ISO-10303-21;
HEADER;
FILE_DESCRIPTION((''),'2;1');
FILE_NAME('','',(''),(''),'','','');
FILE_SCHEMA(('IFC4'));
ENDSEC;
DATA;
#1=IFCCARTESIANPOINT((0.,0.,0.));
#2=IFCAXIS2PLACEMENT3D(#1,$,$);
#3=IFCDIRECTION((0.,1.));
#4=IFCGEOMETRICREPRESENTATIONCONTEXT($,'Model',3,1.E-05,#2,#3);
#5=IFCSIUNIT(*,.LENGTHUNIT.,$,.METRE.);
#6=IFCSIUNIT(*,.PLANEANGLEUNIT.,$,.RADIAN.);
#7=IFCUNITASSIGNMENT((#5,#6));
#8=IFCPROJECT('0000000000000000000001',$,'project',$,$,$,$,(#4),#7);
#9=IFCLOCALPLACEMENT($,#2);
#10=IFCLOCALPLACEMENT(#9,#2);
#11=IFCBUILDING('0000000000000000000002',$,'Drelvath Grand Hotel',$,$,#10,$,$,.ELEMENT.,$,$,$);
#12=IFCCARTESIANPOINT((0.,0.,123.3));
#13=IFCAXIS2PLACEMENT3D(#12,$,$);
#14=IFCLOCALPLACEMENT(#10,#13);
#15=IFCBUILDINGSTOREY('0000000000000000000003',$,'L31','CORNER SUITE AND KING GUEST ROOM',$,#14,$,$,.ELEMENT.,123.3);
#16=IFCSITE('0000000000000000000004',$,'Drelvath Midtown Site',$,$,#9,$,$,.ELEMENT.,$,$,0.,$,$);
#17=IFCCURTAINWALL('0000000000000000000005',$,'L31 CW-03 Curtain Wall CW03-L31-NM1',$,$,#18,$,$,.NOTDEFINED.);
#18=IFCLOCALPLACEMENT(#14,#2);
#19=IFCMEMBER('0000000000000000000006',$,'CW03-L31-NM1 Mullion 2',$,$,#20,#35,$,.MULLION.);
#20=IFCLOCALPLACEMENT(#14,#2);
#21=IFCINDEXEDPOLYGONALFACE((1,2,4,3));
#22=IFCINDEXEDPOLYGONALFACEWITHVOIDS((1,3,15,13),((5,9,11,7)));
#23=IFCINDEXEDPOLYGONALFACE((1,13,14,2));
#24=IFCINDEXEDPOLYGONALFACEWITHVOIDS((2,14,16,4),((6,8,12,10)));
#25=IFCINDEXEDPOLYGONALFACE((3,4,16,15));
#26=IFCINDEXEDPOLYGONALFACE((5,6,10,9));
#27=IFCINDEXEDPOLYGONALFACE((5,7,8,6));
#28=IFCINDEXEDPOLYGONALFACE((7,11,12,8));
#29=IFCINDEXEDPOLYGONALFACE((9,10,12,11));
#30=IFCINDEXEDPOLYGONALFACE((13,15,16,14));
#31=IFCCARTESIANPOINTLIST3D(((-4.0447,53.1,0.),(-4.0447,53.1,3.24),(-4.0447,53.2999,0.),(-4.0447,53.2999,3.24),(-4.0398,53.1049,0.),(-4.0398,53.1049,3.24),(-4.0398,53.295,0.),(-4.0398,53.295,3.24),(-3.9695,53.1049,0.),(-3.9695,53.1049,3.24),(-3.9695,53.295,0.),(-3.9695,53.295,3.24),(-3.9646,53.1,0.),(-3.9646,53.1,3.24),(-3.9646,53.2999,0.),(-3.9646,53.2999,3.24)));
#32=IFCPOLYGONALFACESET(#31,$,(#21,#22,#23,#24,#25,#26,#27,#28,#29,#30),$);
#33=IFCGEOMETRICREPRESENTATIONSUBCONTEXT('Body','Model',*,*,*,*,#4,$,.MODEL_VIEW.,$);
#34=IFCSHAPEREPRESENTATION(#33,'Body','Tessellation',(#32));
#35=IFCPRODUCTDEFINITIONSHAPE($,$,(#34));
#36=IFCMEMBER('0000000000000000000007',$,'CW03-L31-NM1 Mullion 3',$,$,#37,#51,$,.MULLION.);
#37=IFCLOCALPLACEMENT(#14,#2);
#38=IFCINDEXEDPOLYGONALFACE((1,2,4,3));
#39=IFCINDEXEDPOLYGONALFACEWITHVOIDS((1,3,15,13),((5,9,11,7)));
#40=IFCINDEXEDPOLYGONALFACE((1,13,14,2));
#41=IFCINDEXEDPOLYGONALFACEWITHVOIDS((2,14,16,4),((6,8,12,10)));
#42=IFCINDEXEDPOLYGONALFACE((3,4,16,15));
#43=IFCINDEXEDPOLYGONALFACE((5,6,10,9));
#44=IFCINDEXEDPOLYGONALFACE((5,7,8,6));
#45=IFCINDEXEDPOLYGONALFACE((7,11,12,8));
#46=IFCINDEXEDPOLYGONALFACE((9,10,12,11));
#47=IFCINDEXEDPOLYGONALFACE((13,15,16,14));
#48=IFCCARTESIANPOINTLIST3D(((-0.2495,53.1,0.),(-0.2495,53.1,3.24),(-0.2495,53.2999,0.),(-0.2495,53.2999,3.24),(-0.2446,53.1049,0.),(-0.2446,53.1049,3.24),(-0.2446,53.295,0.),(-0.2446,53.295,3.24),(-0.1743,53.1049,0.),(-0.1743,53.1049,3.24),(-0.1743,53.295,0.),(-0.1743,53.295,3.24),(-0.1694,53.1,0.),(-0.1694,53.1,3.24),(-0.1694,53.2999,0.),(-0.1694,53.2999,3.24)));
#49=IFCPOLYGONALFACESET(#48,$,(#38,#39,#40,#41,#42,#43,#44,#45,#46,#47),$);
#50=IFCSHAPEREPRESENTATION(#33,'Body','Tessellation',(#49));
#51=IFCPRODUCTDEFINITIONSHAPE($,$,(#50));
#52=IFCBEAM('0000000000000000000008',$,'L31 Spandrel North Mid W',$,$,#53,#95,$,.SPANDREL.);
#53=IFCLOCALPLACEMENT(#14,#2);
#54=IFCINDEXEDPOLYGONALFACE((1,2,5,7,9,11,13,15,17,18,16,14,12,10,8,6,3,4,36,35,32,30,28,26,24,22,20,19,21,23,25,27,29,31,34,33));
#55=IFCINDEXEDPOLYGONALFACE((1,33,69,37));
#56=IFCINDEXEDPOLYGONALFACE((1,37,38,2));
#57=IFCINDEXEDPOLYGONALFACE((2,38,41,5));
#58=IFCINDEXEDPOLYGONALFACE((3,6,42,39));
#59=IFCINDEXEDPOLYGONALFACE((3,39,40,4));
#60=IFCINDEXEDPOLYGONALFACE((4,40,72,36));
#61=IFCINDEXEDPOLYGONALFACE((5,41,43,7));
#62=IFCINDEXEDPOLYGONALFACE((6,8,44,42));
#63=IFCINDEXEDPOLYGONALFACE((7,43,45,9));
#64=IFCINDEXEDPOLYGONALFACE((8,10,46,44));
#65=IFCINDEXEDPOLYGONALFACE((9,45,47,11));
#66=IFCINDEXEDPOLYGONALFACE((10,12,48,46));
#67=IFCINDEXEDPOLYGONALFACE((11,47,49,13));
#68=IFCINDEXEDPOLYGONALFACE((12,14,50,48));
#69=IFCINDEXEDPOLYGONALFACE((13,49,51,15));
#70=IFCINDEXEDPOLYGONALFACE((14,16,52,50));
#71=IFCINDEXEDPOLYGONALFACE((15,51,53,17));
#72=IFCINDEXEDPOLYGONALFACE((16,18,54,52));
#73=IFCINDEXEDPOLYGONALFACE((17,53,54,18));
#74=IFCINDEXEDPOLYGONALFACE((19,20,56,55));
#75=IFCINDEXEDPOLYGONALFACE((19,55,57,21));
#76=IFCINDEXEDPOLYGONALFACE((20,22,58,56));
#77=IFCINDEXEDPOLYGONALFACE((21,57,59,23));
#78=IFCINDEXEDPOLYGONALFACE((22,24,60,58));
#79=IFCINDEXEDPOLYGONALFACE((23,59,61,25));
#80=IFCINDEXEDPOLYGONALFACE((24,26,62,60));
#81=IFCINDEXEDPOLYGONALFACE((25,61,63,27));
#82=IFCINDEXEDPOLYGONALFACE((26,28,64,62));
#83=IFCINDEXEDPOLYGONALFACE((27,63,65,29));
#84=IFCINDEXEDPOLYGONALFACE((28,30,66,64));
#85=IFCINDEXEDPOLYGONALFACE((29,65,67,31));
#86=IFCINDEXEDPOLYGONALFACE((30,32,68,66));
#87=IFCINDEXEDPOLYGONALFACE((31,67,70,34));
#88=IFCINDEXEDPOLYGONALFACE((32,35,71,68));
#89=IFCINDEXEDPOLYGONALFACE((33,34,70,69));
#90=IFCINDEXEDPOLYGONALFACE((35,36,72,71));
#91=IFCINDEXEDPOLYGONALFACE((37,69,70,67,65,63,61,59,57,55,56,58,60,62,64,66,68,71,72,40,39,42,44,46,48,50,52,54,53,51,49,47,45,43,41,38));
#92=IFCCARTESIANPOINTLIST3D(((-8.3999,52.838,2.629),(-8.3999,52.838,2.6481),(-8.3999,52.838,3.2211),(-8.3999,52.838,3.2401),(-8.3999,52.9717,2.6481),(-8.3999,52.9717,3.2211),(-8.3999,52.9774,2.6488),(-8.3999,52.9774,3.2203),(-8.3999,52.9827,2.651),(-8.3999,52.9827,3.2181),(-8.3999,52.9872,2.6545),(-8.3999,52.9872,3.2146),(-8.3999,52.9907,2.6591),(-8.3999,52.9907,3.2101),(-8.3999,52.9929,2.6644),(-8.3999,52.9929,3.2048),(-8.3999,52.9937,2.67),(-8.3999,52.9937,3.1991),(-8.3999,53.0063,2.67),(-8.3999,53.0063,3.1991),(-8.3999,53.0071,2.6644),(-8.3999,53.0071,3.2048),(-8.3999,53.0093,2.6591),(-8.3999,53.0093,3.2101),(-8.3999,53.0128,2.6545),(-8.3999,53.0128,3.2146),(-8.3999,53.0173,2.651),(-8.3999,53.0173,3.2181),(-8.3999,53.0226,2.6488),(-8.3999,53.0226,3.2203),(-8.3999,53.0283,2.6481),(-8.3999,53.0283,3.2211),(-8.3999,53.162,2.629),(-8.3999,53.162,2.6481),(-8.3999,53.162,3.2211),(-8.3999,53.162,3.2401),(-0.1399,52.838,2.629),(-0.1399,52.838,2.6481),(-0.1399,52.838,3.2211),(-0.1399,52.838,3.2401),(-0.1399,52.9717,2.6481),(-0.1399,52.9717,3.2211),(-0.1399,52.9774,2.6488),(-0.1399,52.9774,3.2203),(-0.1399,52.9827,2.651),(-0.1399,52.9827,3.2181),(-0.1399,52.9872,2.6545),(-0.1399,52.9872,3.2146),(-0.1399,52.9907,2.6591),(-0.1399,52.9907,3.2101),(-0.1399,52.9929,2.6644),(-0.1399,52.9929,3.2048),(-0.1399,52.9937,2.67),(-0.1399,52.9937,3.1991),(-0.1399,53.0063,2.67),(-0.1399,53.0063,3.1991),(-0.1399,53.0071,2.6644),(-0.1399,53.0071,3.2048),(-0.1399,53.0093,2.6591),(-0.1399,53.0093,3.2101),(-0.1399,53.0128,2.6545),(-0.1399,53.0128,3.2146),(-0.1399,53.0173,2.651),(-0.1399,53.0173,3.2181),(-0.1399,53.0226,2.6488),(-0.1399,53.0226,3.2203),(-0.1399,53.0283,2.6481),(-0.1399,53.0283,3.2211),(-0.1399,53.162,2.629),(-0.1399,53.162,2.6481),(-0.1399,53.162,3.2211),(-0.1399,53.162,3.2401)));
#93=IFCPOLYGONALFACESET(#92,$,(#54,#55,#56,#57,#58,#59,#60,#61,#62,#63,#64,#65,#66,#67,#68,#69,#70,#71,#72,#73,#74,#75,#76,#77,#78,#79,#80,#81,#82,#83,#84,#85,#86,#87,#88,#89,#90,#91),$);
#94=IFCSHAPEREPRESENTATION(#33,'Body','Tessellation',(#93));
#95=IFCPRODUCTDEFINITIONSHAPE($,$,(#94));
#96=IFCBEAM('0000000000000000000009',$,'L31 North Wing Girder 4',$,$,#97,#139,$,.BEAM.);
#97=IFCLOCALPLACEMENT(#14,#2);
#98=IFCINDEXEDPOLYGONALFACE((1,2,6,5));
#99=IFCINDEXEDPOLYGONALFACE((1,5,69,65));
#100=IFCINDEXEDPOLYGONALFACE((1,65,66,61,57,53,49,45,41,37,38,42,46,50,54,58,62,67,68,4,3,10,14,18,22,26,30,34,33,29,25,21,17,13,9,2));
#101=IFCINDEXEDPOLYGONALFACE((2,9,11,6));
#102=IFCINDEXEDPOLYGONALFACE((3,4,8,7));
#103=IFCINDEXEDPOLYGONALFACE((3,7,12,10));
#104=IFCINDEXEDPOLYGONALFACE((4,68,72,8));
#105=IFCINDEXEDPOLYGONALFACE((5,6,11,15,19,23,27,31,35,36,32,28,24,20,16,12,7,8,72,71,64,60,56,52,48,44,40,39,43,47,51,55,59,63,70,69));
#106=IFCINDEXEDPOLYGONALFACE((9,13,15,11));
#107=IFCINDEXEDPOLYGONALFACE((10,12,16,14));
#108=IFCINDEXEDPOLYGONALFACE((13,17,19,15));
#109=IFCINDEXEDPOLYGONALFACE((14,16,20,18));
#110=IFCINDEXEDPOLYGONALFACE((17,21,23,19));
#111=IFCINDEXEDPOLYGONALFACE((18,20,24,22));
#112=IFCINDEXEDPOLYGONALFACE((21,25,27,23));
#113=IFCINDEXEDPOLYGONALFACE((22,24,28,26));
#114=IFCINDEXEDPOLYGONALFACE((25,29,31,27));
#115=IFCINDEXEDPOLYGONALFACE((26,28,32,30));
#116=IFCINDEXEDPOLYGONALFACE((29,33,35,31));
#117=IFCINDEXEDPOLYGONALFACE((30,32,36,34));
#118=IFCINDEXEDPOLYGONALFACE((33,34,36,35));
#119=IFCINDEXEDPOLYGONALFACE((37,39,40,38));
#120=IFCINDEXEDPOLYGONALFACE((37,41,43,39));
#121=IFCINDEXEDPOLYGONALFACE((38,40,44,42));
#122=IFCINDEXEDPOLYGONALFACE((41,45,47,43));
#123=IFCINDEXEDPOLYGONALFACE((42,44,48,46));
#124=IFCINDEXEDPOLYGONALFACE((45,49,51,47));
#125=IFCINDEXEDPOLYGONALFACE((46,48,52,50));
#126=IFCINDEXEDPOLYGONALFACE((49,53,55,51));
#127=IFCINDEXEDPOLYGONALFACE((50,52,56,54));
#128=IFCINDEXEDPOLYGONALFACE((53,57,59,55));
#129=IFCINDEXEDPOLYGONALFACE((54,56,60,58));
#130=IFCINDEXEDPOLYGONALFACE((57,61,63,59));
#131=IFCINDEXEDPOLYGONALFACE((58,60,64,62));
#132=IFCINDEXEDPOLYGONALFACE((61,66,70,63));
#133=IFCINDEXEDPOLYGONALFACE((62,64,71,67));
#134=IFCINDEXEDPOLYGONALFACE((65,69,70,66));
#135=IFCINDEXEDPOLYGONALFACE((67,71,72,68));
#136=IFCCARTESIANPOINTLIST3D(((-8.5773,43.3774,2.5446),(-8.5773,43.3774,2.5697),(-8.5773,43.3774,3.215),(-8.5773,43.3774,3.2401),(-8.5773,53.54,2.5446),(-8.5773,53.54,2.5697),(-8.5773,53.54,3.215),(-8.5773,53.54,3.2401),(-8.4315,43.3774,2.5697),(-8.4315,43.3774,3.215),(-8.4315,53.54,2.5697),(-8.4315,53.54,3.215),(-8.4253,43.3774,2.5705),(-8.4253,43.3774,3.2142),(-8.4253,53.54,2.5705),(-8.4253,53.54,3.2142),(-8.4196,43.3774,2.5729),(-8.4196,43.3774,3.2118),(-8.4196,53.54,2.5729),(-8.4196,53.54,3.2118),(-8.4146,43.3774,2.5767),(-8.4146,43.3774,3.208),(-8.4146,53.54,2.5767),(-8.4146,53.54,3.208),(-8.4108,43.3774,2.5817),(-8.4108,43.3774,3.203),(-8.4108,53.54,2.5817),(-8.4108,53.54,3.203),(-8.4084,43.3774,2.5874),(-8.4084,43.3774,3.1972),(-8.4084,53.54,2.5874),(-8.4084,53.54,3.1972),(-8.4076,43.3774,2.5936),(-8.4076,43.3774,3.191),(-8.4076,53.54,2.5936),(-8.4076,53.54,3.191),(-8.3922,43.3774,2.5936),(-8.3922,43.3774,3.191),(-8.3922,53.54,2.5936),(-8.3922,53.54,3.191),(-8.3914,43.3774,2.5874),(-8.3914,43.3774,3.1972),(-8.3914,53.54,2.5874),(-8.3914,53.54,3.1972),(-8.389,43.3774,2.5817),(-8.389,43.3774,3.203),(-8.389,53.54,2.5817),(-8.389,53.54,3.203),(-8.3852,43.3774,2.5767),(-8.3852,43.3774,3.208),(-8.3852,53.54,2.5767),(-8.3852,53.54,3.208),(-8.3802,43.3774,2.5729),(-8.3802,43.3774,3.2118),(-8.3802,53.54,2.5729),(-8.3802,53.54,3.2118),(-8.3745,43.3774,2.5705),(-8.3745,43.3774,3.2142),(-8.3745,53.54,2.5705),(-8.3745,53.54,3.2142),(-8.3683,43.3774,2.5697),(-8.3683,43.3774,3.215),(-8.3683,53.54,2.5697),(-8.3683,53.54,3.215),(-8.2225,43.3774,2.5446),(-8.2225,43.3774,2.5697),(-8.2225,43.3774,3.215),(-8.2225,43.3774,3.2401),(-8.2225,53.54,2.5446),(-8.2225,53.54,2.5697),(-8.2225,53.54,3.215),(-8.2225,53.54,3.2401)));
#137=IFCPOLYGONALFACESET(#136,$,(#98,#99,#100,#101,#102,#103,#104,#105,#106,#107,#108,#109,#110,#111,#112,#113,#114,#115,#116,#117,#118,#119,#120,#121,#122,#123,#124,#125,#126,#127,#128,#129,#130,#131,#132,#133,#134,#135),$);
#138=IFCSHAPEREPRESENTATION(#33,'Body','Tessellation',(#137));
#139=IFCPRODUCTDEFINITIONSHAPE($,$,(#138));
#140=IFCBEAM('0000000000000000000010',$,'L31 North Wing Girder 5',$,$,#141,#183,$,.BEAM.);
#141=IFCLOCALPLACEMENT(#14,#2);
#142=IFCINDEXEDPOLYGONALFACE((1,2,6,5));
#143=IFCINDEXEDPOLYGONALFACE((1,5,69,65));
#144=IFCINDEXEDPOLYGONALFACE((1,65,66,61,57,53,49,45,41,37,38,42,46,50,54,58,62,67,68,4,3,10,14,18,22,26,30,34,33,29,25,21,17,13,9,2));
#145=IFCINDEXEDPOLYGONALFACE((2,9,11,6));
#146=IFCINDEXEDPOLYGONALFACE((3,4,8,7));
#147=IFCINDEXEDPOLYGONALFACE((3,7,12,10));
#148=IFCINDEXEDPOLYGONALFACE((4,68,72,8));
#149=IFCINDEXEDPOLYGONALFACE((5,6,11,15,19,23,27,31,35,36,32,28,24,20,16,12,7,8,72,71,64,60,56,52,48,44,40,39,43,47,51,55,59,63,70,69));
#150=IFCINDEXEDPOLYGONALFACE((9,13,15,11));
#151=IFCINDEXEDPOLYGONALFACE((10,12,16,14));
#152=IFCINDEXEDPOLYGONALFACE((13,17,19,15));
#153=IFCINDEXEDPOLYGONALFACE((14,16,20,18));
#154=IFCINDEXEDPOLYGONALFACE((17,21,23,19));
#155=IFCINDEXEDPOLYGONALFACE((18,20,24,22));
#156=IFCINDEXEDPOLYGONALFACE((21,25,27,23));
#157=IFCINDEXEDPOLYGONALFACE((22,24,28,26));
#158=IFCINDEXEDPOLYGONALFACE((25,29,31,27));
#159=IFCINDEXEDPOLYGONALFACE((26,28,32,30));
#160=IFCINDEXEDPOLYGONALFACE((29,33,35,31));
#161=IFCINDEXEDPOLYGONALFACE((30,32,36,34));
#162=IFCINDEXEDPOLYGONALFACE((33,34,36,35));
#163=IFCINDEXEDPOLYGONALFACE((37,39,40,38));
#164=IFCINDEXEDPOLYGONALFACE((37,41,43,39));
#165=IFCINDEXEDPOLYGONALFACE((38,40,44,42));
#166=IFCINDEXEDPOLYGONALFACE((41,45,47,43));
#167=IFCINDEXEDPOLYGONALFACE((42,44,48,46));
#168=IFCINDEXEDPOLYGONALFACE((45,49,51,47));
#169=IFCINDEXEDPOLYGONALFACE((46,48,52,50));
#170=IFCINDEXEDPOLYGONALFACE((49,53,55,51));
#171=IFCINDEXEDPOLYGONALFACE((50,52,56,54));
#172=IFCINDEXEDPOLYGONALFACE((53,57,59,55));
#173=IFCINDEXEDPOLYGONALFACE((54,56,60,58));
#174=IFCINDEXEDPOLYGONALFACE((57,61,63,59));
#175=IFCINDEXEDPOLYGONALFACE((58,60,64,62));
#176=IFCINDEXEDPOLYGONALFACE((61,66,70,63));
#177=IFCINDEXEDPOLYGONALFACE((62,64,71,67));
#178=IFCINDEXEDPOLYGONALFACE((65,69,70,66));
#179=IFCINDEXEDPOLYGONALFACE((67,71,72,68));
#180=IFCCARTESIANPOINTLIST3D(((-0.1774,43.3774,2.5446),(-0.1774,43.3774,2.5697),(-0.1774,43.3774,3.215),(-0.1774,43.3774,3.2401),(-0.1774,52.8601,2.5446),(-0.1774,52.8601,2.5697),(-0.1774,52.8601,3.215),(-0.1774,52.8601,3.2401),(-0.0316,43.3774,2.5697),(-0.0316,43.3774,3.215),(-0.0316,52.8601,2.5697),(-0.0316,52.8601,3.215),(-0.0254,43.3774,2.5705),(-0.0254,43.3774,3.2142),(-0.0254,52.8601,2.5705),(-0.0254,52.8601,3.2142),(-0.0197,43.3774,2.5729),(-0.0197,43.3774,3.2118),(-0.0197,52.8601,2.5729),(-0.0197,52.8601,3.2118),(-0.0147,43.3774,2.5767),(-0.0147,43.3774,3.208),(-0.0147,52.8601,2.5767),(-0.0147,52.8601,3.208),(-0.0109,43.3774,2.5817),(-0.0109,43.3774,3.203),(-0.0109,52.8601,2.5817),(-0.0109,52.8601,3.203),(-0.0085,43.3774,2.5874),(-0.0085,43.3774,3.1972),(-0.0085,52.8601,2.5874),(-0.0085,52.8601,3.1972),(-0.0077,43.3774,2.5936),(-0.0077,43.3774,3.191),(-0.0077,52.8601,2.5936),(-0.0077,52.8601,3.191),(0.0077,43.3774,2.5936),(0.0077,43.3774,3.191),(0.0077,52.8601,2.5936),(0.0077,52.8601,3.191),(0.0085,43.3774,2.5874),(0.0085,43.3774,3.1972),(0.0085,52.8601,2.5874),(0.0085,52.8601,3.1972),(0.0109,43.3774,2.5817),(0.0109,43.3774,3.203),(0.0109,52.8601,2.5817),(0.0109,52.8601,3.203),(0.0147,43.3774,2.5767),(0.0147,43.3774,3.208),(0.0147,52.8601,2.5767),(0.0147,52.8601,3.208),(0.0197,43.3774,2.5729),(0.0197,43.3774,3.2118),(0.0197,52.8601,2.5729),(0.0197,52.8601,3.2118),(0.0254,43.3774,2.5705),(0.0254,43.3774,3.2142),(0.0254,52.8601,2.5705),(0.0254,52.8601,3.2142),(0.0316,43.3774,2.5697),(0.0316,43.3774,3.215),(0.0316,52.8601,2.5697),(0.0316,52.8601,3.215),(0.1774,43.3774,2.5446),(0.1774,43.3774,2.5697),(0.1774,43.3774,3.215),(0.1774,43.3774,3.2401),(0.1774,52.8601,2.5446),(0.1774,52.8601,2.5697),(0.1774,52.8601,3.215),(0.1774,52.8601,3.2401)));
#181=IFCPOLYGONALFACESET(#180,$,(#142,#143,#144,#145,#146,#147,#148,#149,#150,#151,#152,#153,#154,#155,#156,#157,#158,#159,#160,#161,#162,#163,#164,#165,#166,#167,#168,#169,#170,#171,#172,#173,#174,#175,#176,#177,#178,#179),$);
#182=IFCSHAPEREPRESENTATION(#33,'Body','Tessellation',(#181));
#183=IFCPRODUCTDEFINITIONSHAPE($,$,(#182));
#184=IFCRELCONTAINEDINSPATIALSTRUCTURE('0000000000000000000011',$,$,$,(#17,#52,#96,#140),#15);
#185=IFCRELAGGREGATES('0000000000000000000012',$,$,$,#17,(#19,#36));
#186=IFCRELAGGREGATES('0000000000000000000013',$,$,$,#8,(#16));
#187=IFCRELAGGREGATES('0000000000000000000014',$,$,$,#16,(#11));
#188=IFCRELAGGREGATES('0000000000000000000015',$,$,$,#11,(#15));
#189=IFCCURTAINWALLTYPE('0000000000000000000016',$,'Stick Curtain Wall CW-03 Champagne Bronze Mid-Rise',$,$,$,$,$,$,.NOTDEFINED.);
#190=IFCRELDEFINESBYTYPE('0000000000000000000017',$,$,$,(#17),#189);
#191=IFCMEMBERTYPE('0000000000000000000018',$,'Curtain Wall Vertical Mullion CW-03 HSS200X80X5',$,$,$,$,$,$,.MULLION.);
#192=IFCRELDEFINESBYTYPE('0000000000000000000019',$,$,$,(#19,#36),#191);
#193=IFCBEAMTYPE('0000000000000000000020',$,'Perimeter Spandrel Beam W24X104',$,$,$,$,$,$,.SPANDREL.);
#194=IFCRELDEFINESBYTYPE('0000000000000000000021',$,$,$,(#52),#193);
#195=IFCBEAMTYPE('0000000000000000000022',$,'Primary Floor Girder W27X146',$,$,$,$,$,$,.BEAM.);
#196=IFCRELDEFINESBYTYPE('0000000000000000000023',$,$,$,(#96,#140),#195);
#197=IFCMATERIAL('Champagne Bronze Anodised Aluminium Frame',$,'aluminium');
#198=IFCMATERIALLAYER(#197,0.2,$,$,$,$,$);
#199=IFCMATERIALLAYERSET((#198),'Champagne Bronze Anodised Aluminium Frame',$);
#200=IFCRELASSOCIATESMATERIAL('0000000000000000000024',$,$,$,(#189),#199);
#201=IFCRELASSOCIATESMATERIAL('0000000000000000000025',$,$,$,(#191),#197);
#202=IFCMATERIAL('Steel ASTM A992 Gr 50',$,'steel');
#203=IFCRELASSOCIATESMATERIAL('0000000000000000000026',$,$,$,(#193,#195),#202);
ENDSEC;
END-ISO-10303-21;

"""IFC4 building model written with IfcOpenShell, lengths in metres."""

from ifc_helpers import new_model, si_unit, direction, frame, origin, origin_2d, place, context, subcontext, project, spatial, hollow_rectangle, i_section, extrude, material, layer, layer_set, material_profile, profile_set, type_object, element, aggregate, save


model = new_model("IFC4")

# Units and contexts
model_context = context("Model", 3, precision=1e-05, world=origin(), true_north=direction((0.0, 1.0)))
body_context = subcontext(model_context, "Body", "Model", "MODEL_VIEW")
ifc_project = project(units=[si_unit("LENGTHUNIT", "METRE"), si_unit("PLANEANGLEUNIT", "RADIAN")], contexts=[model_context])

# Site, building, storey
site_placement = place(None, origin())
site = spatial("IfcSite", under=ifc_project, at=site_placement, Name="Drelvath Midtown Site", CompositionType="ELEMENT", RefElevation=0.0)
building_placement = place(site_placement, origin())
building = spatial("IfcBuilding", under=site, at=building_placement, Name="Drelvath Grand Hotel", CompositionType="ELEMENT")
storey_placement = place(building_placement, frame((0.0, 0.0, 123.3)))
storey = spatial("IfcBuildingStorey", under=building, at=storey_placement, Name="L31", Description="CORNER SUITE AND KING GUEST ROOM", CompositionType="ELEMENT", Elevation=123.3)

# Curtain wall
ifc_material_1 = material(Name="Champagne Bronze Anodised Aluminium Frame", Category="aluminium")
ifc_layer_1 = layer(ifc_material_1, 0.2)
ifc_layer_set_1 = layer_set([ifc_layer_1], Name="Champagne Bronze Anodised Aluminium Frame")
curtain_wall_type = type_object("IfcCurtainWallType", Name="Stick Curtain Wall CW-03 Champagne Bronze Mid-Rise", PredefinedType="NOTDEFINED", material=ifc_layer_set_1)
curtain_wall_1_placement = place(storey_placement, origin())
curtain_wall_1 = element("IfcCurtainWall", 1, at=curtain_wall_1_placement, inside=storey, type_object=curtain_wall_type, Name="L31 CW-03 Curtain Wall CW03-L31-NM1", PredefinedType="NOTDEFINED")

# Members
ifc_material_profile_1 = material_profile(ifc_material_1, hollow_rectangle(XDim=0.0801, YDim=0.2, WallThickness=0.0049, at=origin_2d()), Name="HSS200X80X5")
ifc_profile_set_1 = profile_set([ifc_material_profile_1], Name="Champagne Bronze Anodised Aluminium Frame")
member_type_1 = type_object("IfcMemberType", Name="Curtain Wall Vertical Mullion CW-03 HSS200X80X5", PredefinedType="MULLION", material=ifc_profile_set_1)
member_1_placement = place(storey_placement, frame((-4.0046, 53.2, 0.0), z_axis=(0.0, 0.0, 1.0), x_axis=(1.0, 0.0, 0.0)))
member_1 = element("IfcMember", 2, at=member_1_placement, type_object=member_type_1, Name="CW03-L31-NM1 Mullion 2", PredefinedType="MULLION", context=body_context, shape_type="SweptSolid", body=[
    extrude(hollow_rectangle(XDim=0.0801, YDim=0.2, WallThickness=0.0049, at=origin_2d()), origin(), (0.0, 0.0, 1.0), 3.24),
])
member_2_placement = place(storey_placement, frame((-0.2095, 53.2, 0.0), z_axis=(0.0, 0.0, 1.0), x_axis=(1.0, 0.0, 0.0)))
member_2 = element("IfcMember", 3, at=member_2_placement, type_object=member_type_1, Name="CW03-L31-NM1 Mullion 3", PredefinedType="MULLION", context=body_context, shape_type="SweptSolid", body=[
    extrude(hollow_rectangle(XDim=0.0801, YDim=0.2, WallThickness=0.0049, at=origin_2d()), origin(), (0.0, 0.0, 1.0), 3.24),
])

# Beams
ifc_material_2 = material(Name="Steel ASTM A992 Gr 50", Category="steel")
ifc_material_profile_2 = material_profile(ifc_material_2, i_section(OverallWidth=0.324, OverallDepth=0.6111, WebThickness=0.0127, FlangeThickness=0.019, FilletRadius=0.022, at=origin_2d()), Name="W24X104")
ifc_profile_set_2 = profile_set([ifc_material_profile_2], Name="Steel ASTM A992 Gr 50")
beam_type_1 = type_object("IfcBeamType", Name="Perimeter Spandrel Beam W24X104", PredefinedType="SPANDREL", material=ifc_profile_set_2)
beam_1_placement = place(storey_placement, frame((-8.3999, 53.0, 2.9346), z_axis=(1.0, 0.0, 0.0), x_axis=(0.0, 1.0, 0.0)))
element("IfcBeam", 4, at=beam_1_placement, inside=storey, type_object=beam_type_1, Name="L31 Spandrel North Mid W", PredefinedType="SPANDREL", context=body_context, shape_type="SweptSolid", body=[
    extrude(i_section(OverallWidth=0.324, OverallDepth=0.6111, WebThickness=0.0127, FlangeThickness=0.019, FilletRadius=0.022, at=origin_2d()), origin(), (0.0, 0.0, 1.0), 8.26),
])
ifc_material_profile_3 = material_profile(ifc_material_2, i_section(OverallWidth=0.3547, OverallDepth=0.6956, WebThickness=0.0154, FlangeThickness=0.0251, FilletRadius=0.0239, at=origin_2d()), Name="W27X146")
ifc_profile_set_3 = profile_set([ifc_material_profile_3], Name="Steel ASTM A992 Gr 50")
beam_type_2 = type_object("IfcBeamType", Name="Primary Floor Girder W27X146", PredefinedType="BEAM", material=ifc_profile_set_3)
beam_2_placement = place(storey_placement, frame((-8.3999, 43.3774, 2.8923), z_axis=(0.0, 1.0, 0.0), x_axis=(-1.0, 0.0, 0.0)))
element("IfcBeam", 5, at=beam_2_placement, inside=storey, type_object=beam_type_2, Name="L31 North Wing Girder 4", PredefinedType="BEAM", context=body_context, shape_type="SweptSolid", body=[
    extrude(i_section(OverallWidth=0.3547, OverallDepth=0.6956, WebThickness=0.0154, FlangeThickness=0.0251, FilletRadius=0.0239, at=origin_2d()), origin(), (0.0, 0.0, 1.0), 10.1626),
])
beam_3_placement = place(storey_placement, frame((0.0, 43.3774, 2.8923), z_axis=(0.0, 1.0, 0.0), x_axis=(-1.0, 0.0, 0.0)))
element("IfcBeam", 6, at=beam_3_placement, inside=storey, type_object=beam_type_2, Name="L31 North Wing Girder 5", PredefinedType="BEAM", context=body_context, shape_type="SweptSolid", body=[
    extrude(i_section(OverallWidth=0.3547, OverallDepth=0.6956, WebThickness=0.0154, FlangeThickness=0.0251, FilletRadius=0.0239, at=origin_2d()), origin(), (0.0, 0.0, 1.0), 9.4827),
])

aggregate(curtain_wall_1, [member_1, member_2])

save(model, "model.ifc")
